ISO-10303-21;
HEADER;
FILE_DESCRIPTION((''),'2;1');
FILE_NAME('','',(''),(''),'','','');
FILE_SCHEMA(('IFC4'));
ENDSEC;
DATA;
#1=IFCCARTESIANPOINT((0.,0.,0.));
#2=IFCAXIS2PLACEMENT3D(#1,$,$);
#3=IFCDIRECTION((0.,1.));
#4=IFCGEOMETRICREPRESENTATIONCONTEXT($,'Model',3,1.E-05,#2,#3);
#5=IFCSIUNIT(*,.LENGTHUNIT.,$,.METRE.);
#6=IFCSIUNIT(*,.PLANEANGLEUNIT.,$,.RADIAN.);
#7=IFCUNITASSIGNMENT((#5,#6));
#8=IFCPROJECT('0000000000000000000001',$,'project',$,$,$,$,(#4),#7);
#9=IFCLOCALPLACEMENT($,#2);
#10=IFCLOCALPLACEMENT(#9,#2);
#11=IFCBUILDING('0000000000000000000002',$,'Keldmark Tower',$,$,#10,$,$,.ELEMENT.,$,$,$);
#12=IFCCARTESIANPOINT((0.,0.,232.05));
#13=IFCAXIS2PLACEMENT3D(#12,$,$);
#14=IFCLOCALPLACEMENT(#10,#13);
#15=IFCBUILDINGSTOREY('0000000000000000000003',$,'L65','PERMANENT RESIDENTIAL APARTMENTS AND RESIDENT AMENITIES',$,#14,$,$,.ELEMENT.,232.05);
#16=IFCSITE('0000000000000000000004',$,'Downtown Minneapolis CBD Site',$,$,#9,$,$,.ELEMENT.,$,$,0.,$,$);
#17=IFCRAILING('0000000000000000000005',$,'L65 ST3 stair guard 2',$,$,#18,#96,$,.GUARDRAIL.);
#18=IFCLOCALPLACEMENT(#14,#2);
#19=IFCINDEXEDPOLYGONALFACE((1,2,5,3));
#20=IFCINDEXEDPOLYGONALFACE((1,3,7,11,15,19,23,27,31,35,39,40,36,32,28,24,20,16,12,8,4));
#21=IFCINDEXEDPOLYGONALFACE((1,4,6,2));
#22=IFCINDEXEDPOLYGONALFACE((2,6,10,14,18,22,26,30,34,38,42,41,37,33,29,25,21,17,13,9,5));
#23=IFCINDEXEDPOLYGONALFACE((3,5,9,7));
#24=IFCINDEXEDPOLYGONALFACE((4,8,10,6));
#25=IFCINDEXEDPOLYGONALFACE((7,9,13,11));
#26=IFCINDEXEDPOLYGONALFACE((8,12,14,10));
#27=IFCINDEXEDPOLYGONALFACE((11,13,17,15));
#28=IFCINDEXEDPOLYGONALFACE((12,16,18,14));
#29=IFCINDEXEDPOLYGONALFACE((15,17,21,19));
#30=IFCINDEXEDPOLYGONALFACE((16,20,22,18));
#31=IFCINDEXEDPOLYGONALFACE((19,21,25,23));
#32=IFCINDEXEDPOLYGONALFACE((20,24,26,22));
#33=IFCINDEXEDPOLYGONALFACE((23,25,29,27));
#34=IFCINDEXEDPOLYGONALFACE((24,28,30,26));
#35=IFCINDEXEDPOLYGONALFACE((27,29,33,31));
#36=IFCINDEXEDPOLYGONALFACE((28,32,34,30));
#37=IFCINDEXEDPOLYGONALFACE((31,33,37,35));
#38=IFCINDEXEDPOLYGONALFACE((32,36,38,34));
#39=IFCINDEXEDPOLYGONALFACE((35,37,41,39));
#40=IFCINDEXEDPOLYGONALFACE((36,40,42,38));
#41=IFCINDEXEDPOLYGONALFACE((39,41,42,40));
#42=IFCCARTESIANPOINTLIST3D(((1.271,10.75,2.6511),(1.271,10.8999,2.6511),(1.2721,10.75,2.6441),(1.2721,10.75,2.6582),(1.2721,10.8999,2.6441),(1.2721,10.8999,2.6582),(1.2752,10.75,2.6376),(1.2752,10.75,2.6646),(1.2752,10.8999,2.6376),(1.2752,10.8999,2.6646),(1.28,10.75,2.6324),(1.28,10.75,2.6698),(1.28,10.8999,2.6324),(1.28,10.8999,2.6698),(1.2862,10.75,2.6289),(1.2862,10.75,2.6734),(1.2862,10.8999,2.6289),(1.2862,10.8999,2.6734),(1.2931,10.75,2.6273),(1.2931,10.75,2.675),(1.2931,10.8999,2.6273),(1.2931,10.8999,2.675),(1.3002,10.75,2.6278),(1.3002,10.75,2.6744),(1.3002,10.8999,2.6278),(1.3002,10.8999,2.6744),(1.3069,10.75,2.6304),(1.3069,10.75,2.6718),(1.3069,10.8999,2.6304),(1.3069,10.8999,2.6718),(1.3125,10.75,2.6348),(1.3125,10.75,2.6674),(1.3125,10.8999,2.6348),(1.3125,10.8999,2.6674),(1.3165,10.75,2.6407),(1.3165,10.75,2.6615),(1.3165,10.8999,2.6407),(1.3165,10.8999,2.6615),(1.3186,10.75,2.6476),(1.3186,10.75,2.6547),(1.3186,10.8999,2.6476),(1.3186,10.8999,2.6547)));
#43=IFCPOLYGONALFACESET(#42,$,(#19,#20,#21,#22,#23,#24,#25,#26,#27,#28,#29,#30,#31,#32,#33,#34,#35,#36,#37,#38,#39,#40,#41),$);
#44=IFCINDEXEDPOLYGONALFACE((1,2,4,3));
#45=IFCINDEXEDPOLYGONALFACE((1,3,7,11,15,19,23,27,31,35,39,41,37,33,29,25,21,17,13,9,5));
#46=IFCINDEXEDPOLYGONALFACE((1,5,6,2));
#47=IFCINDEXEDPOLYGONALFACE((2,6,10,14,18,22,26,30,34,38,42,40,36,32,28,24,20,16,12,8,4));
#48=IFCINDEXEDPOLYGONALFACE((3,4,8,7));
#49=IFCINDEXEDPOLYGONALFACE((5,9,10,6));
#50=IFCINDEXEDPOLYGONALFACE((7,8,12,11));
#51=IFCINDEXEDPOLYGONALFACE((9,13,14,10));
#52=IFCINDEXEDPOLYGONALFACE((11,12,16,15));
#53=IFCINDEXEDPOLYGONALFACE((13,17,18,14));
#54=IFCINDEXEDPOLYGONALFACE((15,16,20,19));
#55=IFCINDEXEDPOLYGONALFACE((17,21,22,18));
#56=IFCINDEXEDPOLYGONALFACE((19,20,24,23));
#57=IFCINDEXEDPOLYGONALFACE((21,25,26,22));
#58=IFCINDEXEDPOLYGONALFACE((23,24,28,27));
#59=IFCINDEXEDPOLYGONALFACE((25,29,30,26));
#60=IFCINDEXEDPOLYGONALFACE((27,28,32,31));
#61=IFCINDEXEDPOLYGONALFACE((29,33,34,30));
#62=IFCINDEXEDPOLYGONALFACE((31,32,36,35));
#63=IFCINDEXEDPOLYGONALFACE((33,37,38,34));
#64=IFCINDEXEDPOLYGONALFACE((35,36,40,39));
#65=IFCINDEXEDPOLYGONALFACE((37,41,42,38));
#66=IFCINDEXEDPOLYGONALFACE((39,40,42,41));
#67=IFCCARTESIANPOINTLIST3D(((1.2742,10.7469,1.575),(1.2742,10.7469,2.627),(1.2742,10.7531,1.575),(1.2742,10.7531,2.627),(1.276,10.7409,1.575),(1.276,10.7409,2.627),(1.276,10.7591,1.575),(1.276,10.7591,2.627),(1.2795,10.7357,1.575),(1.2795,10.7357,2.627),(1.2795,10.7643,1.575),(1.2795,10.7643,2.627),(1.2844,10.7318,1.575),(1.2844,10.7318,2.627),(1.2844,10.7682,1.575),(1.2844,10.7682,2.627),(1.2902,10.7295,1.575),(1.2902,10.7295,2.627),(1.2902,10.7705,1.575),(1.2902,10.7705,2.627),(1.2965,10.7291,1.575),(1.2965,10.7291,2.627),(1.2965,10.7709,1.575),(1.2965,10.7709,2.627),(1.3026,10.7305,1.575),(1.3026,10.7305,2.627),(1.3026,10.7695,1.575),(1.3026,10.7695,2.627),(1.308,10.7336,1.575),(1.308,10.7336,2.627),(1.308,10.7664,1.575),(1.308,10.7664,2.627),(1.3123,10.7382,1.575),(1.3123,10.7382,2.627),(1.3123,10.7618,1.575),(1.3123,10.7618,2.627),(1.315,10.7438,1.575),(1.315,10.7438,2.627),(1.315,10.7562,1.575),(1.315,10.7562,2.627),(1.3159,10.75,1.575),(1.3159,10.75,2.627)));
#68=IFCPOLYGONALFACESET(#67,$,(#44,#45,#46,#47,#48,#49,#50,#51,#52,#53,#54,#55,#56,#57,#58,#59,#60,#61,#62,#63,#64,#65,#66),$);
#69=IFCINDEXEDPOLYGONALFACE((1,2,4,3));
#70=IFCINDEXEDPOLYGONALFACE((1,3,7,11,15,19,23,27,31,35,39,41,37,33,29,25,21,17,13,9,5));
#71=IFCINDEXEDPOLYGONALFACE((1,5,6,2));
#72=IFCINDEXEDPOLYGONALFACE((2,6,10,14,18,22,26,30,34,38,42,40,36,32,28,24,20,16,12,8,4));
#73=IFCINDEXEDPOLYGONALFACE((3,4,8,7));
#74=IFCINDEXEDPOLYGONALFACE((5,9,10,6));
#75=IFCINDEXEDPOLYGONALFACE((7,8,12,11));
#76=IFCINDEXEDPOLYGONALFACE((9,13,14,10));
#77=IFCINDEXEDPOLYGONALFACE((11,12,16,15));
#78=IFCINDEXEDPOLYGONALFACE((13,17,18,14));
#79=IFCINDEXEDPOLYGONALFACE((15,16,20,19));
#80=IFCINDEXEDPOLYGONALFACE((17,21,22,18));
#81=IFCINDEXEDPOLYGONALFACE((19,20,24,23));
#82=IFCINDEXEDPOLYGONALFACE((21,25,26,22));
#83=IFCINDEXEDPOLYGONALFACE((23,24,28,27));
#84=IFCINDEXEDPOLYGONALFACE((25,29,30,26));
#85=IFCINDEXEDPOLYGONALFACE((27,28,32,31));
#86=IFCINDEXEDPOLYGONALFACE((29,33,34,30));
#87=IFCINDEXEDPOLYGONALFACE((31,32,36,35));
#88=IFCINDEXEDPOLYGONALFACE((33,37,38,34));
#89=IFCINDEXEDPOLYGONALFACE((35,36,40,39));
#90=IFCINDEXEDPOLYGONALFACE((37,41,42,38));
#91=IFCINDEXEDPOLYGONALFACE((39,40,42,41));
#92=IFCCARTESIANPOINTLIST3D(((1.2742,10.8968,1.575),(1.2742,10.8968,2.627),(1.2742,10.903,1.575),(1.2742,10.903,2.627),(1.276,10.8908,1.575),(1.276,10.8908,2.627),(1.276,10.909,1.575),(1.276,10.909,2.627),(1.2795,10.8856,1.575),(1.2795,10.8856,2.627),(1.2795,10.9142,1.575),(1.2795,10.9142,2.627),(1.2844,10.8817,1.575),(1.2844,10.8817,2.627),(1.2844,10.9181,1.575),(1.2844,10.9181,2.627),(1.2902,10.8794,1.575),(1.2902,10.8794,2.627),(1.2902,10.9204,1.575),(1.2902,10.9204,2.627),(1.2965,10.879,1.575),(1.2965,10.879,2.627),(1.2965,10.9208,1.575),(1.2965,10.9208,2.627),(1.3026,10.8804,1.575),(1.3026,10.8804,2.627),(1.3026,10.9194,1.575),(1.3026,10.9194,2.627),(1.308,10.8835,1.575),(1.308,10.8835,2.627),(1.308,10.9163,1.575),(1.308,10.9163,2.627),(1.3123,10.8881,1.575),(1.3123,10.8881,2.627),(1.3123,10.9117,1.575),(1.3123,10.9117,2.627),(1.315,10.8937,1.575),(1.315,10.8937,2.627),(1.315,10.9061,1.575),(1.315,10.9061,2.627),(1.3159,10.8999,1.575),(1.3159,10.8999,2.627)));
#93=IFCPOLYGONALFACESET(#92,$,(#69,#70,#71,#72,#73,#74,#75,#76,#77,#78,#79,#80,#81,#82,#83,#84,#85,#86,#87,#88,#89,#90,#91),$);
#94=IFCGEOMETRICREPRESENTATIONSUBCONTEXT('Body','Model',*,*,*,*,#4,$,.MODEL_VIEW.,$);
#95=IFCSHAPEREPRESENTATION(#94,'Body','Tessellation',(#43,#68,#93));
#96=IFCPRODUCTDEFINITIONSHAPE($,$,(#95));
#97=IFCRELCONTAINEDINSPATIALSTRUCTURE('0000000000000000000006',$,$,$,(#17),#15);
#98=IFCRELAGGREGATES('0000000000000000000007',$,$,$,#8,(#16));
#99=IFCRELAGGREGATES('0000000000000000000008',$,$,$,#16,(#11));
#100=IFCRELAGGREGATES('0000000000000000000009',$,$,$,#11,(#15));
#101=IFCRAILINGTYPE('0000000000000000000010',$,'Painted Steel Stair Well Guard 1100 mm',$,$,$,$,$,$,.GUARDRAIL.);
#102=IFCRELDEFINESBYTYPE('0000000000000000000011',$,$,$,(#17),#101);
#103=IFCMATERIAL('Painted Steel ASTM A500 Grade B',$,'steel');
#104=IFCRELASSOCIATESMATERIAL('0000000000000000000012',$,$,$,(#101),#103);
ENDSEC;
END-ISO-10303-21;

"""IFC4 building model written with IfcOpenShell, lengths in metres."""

from ifc_helpers import new_model, si_unit, direction, frame, origin, origin_2d, place, context, subcontext, project, spatial, circle, extrude, material, type_object, element, save


model = new_model("IFC4")

# Units and contexts
model_context = context("Model", 3, precision=1e-05, world=origin(), true_north=direction((0.0, 1.0)))
body_context = subcontext(model_context, "Body", "Model", "MODEL_VIEW")
ifc_project = project(units=[si_unit("LENGTHUNIT", "METRE"), si_unit("PLANEANGLEUNIT", "RADIAN")], contexts=[model_context])

# Site, building, storey
site_placement = place(None, origin())
site = spatial("IfcSite", under=ifc_project, at=site_placement, Name="Downtown Minneapolis CBD Site", CompositionType="ELEMENT", RefElevation=0.0)
building_placement = place(site_placement, origin())
building = spatial("IfcBuilding", under=site, at=building_placement, Name="Keldmark Tower", CompositionType="ELEMENT")
storey_placement = place(building_placement, frame((0.0, 0.0, 232.05)))
storey = spatial("IfcBuildingStorey", under=building, at=storey_placement, Name="L65", Description="PERMANENT RESIDENTIAL APARTMENTS AND RESIDENT AMENITIES", CompositionType="ELEMENT", Elevation=232.05)

# Railing
ifc_material_1 = material(Name="Painted Steel ASTM A500 Grade B", Category="steel")
railing_type_1 = type_object("IfcRailingType", Name="Painted Steel Stair Well Guard 1100 mm", PredefinedType="GUARDRAIL", material=ifc_material_1)
railing_1_placement = place(storey_placement, frame((1.2949, 10.75, 1.575)))
element("IfcRailing", 1, at=railing_1_placement, inside=storey, type_object=railing_type_1, Name="L65 ST3 stair guard 2", PredefinedType="GUARDRAIL", context=body_context, shape_type="SweptSolid", body=[
    extrude(circle(Radius=0.0239, at=origin_2d()), frame((0.0, 0.0, 1.0762), z_axis=(0.0, 1.0, 0.0), x_axis=(-1.0, 0.0, 0.0)), (0.0, 0.0, 1.0), 0.1499),
    extrude(circle(Radius=0.021, at=origin_2d()), origin(), (0.0, 0.0, 1.0), 1.052),
    extrude(circle(Radius=0.021, at=origin_2d()), frame((0.0, 0.1499, 0.0)), (0.0, 0.0, 1.0), 1.052),
])

save(model, "model.ifc")
